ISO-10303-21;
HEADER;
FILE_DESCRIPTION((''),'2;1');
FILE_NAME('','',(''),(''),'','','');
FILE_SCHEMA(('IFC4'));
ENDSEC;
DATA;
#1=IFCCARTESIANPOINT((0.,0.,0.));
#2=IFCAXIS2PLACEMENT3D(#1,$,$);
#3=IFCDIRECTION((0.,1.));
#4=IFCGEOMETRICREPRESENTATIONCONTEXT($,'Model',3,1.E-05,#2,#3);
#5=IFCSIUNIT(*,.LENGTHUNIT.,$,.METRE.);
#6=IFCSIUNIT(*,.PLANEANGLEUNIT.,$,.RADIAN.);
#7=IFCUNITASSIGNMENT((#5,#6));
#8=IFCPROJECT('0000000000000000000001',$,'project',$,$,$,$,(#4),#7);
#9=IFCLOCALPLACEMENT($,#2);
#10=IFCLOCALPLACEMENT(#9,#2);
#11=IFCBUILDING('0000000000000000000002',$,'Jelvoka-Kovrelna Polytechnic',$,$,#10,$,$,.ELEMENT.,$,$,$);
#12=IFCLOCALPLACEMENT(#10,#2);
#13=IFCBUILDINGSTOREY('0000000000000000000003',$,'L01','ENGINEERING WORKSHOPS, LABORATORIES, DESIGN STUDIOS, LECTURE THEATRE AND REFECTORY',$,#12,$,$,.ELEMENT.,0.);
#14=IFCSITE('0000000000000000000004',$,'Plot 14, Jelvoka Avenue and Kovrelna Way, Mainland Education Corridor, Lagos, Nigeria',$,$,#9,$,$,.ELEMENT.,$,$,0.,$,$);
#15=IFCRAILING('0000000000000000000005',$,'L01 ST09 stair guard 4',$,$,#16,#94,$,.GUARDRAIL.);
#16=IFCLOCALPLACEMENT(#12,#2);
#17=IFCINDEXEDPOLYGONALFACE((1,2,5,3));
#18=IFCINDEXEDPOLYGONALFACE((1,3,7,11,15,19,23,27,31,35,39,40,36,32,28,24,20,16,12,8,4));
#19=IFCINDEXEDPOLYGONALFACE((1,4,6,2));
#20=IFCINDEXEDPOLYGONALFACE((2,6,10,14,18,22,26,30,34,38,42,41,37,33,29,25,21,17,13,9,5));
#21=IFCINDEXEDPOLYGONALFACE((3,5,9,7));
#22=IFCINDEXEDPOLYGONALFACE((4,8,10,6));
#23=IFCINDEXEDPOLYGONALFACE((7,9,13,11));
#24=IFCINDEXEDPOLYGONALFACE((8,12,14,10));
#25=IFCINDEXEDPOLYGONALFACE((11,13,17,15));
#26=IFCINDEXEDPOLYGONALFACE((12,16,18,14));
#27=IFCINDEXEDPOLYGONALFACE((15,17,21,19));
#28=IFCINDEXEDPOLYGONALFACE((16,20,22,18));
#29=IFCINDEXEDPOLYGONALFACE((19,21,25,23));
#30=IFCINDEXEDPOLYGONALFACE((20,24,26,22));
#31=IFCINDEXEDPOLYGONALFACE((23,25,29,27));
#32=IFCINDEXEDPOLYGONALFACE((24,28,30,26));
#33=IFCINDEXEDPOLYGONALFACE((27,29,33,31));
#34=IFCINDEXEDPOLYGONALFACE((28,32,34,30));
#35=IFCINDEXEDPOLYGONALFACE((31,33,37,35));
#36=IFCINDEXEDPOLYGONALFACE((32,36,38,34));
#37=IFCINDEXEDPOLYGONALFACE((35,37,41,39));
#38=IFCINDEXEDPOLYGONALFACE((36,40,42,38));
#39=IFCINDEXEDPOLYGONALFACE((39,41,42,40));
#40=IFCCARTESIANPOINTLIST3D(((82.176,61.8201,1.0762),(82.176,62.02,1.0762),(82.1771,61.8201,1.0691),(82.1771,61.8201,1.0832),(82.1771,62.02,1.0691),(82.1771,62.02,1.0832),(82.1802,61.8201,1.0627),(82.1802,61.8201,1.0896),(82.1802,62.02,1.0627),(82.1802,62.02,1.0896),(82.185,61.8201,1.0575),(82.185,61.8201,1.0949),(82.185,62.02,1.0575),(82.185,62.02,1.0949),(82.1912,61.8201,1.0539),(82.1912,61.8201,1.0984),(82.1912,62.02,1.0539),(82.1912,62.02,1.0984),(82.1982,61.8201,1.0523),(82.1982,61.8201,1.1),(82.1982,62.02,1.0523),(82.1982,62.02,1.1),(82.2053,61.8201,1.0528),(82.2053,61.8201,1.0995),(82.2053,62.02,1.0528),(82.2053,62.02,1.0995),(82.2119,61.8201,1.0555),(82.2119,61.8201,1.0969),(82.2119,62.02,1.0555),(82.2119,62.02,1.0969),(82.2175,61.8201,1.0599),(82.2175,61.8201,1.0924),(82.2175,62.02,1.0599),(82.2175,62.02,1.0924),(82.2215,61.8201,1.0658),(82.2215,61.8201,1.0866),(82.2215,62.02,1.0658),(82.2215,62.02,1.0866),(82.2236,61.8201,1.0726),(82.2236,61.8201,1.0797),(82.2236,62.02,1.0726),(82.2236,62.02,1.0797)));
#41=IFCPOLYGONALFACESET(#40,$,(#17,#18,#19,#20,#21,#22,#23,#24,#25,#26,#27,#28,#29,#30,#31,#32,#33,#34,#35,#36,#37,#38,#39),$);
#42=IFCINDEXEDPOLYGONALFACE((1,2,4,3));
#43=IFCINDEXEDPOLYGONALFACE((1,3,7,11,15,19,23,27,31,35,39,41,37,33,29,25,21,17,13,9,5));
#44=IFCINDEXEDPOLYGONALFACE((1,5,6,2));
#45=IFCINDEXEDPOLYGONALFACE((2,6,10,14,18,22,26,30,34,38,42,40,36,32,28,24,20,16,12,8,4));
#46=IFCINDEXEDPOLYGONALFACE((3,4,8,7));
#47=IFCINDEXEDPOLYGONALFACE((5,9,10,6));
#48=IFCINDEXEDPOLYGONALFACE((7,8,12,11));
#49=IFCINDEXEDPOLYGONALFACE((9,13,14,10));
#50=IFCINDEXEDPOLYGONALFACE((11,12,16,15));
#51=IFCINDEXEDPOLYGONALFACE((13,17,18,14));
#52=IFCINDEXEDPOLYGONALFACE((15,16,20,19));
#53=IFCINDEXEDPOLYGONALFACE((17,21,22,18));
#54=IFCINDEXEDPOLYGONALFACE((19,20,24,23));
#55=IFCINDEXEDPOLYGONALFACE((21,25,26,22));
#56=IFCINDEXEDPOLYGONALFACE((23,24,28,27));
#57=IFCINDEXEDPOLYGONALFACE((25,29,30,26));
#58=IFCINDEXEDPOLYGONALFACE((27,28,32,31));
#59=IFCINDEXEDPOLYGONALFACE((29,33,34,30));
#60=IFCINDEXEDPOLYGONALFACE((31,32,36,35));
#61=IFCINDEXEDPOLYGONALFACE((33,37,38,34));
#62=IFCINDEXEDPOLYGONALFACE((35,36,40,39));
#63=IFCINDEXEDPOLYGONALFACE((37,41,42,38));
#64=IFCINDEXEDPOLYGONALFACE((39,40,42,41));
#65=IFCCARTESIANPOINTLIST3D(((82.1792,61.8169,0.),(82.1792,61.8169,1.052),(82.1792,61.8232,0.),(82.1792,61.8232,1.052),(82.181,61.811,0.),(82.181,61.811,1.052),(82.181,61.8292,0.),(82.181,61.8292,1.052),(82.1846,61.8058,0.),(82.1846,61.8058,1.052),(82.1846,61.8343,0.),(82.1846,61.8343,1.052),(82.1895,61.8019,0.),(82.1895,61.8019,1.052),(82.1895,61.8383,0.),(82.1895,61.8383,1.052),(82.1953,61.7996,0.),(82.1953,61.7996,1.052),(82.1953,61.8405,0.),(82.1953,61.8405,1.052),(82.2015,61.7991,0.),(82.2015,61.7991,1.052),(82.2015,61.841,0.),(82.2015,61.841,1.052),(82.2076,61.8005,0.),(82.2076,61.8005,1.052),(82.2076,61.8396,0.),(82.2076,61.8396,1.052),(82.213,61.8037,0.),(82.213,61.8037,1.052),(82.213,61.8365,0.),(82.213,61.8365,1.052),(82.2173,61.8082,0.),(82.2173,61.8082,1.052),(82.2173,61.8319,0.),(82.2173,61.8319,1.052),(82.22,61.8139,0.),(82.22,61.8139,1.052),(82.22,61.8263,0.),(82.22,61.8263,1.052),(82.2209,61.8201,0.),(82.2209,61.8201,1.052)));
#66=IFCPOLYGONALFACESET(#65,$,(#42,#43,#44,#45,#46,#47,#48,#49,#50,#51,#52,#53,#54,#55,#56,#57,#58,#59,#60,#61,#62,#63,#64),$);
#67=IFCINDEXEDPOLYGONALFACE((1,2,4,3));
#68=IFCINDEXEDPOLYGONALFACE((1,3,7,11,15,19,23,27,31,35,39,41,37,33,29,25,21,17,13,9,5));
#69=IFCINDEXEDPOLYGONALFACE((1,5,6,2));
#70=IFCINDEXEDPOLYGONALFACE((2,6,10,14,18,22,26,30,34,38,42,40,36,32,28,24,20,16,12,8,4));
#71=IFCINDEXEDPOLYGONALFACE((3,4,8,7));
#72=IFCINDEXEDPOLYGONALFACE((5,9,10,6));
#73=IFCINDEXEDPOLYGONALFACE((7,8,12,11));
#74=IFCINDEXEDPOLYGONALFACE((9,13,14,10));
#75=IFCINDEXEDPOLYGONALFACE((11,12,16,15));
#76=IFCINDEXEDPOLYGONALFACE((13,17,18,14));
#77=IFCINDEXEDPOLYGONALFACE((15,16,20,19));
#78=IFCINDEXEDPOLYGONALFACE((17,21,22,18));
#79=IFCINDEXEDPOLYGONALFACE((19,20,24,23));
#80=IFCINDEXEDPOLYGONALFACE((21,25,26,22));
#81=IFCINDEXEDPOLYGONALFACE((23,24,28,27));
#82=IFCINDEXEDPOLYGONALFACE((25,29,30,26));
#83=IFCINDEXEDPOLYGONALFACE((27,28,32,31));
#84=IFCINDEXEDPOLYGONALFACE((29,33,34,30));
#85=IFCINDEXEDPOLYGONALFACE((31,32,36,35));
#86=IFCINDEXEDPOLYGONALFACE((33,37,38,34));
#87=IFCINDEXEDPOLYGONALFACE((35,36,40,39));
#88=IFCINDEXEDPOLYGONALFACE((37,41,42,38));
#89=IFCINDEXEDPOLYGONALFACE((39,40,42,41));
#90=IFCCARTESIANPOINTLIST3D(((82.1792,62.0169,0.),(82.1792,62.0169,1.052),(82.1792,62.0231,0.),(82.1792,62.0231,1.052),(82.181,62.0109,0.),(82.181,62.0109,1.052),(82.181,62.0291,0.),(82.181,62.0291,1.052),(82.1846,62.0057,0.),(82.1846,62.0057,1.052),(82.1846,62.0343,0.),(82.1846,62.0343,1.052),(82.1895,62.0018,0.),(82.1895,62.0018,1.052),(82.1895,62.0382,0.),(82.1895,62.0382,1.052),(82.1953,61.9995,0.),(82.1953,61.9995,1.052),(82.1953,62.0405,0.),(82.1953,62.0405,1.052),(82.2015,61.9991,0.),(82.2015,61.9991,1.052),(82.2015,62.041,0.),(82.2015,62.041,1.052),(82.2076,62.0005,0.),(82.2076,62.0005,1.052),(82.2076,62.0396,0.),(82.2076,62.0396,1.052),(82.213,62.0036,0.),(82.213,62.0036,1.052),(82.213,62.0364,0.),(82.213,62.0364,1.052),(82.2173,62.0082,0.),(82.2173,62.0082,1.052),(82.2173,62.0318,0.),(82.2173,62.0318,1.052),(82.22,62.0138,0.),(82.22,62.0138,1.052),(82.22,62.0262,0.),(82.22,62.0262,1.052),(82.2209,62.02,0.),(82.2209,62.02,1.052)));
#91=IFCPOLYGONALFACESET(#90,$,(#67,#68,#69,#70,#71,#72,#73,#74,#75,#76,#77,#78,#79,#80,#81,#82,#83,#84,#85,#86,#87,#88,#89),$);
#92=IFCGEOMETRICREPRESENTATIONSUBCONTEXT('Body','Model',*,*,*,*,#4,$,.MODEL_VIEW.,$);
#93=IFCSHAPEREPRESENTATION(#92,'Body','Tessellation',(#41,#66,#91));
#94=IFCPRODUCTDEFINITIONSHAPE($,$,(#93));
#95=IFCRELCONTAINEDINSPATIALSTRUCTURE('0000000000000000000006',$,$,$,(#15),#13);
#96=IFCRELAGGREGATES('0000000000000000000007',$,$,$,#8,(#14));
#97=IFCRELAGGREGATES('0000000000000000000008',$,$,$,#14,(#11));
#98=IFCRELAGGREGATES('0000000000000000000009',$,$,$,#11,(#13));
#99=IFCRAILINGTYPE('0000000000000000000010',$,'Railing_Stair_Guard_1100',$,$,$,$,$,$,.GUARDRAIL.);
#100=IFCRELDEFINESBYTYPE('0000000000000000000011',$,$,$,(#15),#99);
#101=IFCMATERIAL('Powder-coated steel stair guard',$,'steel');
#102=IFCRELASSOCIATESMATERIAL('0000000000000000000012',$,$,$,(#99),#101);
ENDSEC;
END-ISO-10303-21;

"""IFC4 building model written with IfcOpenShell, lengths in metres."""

from ifc_helpers import new_model, si_unit, direction, frame, origin, origin_2d, place, context, subcontext, project, spatial, circle, extrude, material, type_object, element, save


model = new_model("IFC4")

# Units and contexts
model_context = context("Model", 3, precision=1e-05, world=origin(), true_north=direction((0.0, 1.0)))
body_context = subcontext(model_context, "Body", "Model", "MODEL_VIEW")
ifc_project = project(units=[si_unit("LENGTHUNIT", "METRE"), si_unit("PLANEANGLEUNIT", "RADIAN")], contexts=[model_context])

# Site, building, storey
site_placement = place(None, origin())
site = spatial("IfcSite", under=ifc_project, at=site_placement, Name="Plot 14, Jelvoka Avenue and Kovrelna Way, Mainland Education Corridor, Lagos, Nigeria", CompositionType="ELEMENT", RefElevation=0.0)
building_placement = place(site_placement, origin())
building = spatial("IfcBuilding", under=site, at=building_placement, Name="Jelvoka-Kovrelna Polytechnic", CompositionType="ELEMENT")
storey_placement = place(building_placement, origin())
storey = spatial("IfcBuildingStorey", under=building, at=storey_placement, Name="L01", Description="ENGINEERING WORKSHOPS, LABORATORIES, DESIGN STUDIOS, LECTURE THEATRE AND REFECTORY", CompositionType="ELEMENT", Elevation=0.0)

# Railing
ifc_material_1 = material(Name="Powder-coated steel stair guard", Category="steel")
railing_type_1 = type_object("IfcRailingType", Name="Railing_Stair_Guard_1100", PredefinedType="GUARDRAIL", material=ifc_material_1)
railing_1_placement = place(storey_placement, frame((82.2, 61.8201, 0.0)))
element("IfcRailing", 1, at=railing_1_placement, inside=storey, type_object=railing_type_1, Name="L01 ST09 stair guard 4", PredefinedType="GUARDRAIL", context=body_context, shape_type="SweptSolid", body=[
    extrude(circle(Radius=0.0239, at=origin_2d()), frame((0.0, 0.0, 1.0762), z_axis=(0.0, 1.0, 0.0), x_axis=(-1.0, 0.0, 0.0)), (0.0, 0.0, 1.0), 0.2),
    extrude(circle(Radius=0.021, at=origin_2d()), origin(), (0.0, 0.0, 1.0), 1.052),
    extrude(circle(Radius=0.021, at=origin_2d()), frame((0.0, 0.2, 0.0)), (0.0, 0.0, 1.0), 1.052),
])

save(model, "model.ifc")
